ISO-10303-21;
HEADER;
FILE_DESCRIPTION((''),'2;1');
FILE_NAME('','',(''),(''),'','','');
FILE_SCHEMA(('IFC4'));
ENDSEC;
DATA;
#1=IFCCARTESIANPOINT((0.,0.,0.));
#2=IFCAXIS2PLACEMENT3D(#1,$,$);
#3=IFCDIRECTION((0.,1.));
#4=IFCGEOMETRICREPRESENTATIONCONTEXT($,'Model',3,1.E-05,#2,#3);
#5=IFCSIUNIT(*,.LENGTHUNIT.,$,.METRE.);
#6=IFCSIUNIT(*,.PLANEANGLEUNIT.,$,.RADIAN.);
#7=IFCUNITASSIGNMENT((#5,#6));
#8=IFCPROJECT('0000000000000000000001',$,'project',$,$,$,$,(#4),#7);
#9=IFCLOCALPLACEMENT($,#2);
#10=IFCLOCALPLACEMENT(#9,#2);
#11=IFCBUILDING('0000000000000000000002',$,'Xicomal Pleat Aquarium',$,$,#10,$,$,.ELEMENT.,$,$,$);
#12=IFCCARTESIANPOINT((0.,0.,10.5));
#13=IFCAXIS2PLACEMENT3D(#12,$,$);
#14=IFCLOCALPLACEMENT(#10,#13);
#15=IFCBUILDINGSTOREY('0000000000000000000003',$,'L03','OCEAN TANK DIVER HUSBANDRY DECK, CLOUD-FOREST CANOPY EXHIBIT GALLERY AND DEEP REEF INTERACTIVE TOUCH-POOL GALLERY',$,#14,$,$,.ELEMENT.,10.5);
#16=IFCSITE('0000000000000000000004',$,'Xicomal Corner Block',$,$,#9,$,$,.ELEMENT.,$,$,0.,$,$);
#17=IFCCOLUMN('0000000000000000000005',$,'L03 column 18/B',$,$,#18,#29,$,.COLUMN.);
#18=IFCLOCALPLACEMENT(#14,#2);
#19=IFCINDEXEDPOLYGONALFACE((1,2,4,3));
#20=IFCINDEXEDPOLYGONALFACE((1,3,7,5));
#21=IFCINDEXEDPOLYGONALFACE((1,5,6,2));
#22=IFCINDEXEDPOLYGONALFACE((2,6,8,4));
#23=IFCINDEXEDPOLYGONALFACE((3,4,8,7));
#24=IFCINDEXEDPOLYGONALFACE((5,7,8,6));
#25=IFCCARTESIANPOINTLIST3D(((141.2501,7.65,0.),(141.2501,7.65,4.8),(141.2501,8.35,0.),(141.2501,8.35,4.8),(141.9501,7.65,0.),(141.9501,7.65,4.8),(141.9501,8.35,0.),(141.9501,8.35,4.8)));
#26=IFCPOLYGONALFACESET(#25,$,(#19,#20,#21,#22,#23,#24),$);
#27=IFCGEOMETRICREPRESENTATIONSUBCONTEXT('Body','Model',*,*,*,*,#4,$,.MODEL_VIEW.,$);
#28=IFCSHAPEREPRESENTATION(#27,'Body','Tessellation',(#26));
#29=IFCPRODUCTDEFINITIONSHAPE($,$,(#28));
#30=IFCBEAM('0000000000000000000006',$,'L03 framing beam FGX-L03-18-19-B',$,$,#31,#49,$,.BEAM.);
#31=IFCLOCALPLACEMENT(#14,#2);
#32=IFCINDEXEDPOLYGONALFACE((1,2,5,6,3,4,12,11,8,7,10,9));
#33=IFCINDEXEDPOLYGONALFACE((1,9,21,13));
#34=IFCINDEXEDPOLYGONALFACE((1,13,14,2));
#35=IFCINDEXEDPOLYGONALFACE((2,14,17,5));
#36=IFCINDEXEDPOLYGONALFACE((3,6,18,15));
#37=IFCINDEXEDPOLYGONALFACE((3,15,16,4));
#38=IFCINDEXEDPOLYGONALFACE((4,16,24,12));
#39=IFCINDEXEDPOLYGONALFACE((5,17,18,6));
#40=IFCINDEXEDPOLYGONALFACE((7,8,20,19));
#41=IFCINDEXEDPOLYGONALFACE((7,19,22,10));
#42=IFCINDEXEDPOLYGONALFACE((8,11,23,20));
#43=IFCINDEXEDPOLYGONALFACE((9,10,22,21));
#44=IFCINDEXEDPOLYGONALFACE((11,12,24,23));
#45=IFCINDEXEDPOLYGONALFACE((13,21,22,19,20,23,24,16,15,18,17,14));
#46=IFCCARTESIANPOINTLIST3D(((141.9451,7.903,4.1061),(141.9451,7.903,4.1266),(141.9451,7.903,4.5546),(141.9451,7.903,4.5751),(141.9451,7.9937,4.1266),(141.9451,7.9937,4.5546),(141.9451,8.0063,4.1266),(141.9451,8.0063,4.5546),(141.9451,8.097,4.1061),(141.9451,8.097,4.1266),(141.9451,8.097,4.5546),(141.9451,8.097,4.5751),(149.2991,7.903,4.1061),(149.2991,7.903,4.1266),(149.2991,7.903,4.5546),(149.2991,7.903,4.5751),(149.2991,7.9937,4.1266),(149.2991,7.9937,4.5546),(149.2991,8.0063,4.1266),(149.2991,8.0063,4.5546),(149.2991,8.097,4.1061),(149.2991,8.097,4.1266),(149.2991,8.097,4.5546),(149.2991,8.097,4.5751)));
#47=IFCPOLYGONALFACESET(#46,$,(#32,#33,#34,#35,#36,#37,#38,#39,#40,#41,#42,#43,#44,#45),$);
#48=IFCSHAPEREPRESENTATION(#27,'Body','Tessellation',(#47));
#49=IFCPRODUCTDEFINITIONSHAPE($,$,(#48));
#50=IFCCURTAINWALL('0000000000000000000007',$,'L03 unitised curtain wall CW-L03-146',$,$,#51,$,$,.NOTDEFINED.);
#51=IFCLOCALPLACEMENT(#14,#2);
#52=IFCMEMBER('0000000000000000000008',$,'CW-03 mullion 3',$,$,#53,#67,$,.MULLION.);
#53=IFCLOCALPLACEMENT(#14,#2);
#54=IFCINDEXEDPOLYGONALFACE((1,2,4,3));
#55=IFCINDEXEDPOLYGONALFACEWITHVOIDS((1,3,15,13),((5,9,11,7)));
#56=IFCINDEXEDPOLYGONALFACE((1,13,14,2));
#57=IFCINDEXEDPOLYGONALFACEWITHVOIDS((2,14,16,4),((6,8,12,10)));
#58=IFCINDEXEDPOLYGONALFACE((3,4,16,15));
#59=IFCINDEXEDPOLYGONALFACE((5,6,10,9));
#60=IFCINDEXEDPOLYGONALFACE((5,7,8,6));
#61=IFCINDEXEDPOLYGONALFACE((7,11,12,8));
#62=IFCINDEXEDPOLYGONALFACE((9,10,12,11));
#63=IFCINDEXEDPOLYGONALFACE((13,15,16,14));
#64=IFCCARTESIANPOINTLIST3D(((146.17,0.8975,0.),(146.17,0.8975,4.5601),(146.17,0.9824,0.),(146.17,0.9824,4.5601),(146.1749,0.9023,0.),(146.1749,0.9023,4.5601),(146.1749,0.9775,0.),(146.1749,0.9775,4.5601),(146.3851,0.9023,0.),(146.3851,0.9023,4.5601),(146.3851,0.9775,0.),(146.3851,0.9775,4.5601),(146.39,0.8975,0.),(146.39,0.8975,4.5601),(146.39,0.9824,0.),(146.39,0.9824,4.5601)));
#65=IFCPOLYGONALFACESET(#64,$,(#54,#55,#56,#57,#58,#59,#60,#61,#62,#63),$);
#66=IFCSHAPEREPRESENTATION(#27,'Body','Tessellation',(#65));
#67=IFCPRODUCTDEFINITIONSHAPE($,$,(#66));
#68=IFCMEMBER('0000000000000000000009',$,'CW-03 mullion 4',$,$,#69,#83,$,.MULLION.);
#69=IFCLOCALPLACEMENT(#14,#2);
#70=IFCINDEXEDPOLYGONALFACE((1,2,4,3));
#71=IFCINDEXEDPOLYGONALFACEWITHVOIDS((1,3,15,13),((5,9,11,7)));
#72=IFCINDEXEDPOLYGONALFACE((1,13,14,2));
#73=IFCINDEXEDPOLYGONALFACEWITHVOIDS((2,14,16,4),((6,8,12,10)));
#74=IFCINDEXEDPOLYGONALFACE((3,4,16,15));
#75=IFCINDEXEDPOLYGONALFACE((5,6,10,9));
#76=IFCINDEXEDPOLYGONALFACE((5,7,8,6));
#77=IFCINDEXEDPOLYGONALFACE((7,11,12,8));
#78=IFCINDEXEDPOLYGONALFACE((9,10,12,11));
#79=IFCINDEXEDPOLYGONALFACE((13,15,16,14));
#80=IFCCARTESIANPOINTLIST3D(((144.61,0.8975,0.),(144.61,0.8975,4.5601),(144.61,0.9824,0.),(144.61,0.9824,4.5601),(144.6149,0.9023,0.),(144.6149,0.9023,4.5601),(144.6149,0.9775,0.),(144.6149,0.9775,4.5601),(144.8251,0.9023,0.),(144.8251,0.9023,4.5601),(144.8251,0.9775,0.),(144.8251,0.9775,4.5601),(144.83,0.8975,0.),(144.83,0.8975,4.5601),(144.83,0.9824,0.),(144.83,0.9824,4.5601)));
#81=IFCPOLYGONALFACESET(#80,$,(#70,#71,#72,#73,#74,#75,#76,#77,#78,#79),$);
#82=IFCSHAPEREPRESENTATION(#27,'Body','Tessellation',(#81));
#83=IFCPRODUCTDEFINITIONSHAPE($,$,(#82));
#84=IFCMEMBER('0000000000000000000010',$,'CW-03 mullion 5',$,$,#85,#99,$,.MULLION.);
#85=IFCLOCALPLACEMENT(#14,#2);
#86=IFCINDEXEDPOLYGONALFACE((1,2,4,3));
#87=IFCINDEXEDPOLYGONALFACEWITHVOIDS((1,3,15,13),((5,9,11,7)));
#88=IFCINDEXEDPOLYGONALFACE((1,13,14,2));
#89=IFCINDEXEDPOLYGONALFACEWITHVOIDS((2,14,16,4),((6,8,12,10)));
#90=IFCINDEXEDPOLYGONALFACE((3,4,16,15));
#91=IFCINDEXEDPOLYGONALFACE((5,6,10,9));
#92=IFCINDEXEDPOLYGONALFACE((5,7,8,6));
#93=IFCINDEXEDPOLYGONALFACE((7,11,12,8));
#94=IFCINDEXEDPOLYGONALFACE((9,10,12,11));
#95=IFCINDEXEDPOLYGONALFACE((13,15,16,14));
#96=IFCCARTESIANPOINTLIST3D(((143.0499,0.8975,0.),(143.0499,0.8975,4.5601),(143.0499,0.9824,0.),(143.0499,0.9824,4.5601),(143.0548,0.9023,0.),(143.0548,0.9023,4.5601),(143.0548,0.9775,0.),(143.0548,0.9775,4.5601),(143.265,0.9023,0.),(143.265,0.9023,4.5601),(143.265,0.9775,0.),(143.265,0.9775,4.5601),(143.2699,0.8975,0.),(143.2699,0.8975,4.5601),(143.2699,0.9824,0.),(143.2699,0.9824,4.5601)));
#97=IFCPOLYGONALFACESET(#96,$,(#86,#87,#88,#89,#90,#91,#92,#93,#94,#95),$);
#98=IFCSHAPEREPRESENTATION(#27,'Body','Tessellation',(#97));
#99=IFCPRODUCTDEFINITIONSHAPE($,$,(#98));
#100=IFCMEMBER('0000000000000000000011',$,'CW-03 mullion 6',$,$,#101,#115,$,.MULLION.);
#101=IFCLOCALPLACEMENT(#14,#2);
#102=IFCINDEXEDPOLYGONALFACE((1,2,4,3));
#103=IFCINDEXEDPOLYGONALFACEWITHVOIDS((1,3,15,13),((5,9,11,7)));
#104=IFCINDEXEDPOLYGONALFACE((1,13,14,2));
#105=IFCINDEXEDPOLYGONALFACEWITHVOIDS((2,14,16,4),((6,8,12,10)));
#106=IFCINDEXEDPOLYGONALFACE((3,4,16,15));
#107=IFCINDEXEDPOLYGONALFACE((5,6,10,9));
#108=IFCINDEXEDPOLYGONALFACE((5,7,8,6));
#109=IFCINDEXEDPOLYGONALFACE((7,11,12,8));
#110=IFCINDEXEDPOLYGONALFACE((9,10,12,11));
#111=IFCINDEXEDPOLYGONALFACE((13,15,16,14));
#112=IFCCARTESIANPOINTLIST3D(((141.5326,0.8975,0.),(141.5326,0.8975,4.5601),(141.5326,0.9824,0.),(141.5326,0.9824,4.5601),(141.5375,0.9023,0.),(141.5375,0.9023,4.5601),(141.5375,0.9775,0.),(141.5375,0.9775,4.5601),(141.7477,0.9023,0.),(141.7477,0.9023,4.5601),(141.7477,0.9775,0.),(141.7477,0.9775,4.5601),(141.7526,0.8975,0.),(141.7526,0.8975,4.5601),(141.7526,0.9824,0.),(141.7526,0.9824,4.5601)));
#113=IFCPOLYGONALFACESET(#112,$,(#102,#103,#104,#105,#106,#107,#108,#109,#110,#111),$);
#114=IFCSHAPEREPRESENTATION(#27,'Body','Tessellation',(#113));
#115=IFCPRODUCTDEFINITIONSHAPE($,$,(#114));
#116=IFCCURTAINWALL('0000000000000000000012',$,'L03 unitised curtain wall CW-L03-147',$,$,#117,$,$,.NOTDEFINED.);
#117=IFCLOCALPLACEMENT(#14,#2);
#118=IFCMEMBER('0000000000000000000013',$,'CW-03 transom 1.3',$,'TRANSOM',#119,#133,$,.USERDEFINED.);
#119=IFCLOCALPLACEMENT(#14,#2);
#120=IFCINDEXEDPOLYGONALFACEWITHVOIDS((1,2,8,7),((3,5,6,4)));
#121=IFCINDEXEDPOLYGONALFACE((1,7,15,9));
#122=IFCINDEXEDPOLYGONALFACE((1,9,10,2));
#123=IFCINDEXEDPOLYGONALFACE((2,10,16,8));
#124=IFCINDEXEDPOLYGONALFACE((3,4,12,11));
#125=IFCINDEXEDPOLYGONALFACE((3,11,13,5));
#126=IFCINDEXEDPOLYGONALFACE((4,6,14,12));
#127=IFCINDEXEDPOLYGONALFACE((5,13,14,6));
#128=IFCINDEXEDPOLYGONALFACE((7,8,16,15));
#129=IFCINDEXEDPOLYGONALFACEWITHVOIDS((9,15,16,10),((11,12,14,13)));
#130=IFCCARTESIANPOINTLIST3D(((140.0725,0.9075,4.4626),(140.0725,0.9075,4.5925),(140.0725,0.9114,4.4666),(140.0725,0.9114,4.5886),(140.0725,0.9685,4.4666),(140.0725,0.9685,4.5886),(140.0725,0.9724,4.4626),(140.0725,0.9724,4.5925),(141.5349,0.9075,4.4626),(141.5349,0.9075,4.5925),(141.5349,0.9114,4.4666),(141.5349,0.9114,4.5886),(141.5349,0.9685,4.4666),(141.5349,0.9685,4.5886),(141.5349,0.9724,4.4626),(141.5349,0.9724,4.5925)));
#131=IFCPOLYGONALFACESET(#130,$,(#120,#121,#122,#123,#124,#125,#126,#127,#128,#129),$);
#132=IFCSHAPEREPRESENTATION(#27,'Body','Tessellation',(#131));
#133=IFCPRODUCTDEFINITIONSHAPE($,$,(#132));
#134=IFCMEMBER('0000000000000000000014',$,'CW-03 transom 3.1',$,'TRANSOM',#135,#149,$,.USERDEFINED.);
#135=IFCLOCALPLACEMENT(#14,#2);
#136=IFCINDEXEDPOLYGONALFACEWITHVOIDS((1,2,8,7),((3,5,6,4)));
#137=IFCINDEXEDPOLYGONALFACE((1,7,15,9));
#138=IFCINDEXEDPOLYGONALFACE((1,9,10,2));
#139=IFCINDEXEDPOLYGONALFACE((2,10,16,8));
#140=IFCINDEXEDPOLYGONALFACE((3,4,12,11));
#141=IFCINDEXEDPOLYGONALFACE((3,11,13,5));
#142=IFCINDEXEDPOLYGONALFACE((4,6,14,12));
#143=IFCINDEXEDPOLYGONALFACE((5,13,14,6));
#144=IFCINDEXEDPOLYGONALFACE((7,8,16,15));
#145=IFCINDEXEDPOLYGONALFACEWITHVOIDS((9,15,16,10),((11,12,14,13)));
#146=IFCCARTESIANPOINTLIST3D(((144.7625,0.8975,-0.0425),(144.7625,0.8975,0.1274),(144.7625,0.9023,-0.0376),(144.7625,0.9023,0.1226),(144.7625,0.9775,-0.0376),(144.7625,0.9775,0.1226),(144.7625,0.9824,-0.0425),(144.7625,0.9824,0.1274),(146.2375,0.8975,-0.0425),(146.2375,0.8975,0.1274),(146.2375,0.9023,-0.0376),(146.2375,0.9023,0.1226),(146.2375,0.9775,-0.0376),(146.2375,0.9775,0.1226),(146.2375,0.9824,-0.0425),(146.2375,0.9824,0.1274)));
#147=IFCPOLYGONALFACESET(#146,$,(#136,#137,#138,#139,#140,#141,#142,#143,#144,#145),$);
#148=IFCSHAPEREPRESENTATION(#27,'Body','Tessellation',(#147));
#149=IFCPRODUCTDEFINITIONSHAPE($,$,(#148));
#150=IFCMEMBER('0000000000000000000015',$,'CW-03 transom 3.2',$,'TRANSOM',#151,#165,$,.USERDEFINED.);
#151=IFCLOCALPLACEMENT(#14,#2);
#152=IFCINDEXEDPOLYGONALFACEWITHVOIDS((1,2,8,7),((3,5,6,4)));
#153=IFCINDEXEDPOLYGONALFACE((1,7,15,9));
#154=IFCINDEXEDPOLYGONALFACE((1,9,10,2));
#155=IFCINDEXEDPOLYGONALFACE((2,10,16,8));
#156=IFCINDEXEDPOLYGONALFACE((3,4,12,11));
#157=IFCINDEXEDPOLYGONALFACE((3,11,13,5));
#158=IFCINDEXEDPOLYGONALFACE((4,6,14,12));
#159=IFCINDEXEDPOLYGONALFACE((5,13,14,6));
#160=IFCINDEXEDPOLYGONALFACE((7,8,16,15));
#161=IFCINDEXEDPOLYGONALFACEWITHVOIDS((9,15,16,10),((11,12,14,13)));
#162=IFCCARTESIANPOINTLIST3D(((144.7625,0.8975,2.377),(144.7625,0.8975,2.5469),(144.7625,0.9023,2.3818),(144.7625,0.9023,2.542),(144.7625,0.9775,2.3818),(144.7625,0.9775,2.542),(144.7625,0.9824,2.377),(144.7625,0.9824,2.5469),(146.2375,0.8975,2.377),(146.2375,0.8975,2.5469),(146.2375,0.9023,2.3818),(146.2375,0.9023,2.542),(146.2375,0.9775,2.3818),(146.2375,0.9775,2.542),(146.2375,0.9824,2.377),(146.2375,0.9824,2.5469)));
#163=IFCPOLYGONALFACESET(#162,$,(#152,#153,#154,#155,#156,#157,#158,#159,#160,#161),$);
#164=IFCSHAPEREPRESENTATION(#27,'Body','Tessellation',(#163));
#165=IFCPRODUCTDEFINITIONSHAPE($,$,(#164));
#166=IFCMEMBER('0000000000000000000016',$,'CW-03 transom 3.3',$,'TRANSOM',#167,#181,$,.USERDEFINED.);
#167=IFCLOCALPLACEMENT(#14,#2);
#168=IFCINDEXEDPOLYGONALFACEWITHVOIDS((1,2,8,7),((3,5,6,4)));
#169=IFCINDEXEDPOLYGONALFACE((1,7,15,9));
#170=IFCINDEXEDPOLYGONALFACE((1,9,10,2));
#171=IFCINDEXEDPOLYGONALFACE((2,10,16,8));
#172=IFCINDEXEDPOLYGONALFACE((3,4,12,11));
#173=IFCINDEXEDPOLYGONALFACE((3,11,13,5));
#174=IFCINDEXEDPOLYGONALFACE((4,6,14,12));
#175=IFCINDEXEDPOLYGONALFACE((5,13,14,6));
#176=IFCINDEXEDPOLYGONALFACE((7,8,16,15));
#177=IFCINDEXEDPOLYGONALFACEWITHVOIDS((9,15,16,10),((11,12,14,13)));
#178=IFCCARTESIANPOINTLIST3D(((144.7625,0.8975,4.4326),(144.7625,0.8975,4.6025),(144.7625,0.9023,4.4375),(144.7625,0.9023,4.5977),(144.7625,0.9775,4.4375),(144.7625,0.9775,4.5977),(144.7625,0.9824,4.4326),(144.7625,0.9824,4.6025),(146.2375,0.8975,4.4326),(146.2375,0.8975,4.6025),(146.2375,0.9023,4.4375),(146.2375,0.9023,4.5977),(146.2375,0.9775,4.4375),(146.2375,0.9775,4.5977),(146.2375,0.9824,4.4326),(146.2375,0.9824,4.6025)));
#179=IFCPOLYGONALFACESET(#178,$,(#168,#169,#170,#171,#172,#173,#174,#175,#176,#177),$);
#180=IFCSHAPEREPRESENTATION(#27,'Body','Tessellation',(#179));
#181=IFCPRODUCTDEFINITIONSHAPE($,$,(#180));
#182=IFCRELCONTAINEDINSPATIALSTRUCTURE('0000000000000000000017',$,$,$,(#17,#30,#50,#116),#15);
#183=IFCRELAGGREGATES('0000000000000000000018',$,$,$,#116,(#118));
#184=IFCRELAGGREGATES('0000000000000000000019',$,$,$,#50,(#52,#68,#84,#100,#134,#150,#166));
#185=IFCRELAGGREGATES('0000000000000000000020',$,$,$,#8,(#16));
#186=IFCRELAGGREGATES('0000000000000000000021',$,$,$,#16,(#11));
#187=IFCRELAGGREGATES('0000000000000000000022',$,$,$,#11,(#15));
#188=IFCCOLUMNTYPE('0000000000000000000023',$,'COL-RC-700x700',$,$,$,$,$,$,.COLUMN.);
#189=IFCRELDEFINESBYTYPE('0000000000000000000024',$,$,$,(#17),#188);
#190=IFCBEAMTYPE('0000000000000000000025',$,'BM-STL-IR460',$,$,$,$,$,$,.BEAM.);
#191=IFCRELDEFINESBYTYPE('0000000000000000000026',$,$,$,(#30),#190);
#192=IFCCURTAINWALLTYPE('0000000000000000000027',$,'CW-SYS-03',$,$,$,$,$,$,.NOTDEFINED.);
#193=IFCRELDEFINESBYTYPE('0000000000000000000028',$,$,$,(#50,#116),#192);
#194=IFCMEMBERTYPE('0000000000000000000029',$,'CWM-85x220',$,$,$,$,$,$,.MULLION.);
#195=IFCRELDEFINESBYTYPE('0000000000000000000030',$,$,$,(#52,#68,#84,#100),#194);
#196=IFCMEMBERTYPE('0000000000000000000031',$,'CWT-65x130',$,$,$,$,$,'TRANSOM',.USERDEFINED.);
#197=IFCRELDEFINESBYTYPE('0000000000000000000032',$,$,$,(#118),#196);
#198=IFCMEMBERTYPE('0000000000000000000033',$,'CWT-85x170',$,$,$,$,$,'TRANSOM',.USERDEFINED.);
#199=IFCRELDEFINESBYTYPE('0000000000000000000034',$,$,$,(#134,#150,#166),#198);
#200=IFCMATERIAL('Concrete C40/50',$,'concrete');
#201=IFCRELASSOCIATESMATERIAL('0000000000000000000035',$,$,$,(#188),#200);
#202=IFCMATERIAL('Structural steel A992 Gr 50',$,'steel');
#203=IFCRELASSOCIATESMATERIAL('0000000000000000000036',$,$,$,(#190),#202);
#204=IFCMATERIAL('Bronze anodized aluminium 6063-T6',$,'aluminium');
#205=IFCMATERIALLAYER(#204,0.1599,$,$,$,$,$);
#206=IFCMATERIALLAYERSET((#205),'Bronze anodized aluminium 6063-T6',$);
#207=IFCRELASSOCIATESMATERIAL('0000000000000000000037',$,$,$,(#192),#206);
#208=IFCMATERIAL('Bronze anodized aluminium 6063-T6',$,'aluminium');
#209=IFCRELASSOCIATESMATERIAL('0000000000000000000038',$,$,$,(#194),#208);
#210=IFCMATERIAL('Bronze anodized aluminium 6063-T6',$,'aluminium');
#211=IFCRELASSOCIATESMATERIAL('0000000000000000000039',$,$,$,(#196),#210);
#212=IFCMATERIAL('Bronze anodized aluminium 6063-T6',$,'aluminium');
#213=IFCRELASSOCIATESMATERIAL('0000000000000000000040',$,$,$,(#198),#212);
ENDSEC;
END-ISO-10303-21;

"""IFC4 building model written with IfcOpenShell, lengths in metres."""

from ifc_helpers import new_model, si_unit, direction, frame, origin, origin_2d, place, context, subcontext, project, spatial, rectangle, hollow_rectangle, i_section, extrude, material, layer, layer_set, material_profile, profile_set, type_object, element, aggregate, save


model = new_model("IFC4")

# Units and contexts
model_context = context("Model", 3, precision=1e-05, world=origin(), true_north=direction((0.0, 1.0)))
body_context = subcontext(model_context, "Body", "Model", "MODEL_VIEW")
ifc_project = project(units=[si_unit("LENGTHUNIT", "METRE"), si_unit("PLANEANGLEUNIT", "RADIAN")], contexts=[model_context])

# Site, building, storey
site_placement = place(None, origin())
site = spatial("IfcSite", under=ifc_project, at=site_placement, Name="Xicomal Corner Block", CompositionType="ELEMENT", RefElevation=0.0)
building_placement = place(site_placement, origin())
building = spatial("IfcBuilding", under=site, at=building_placement, Name="Xicomal Pleat Aquarium", CompositionType="ELEMENT")
storey_placement = place(building_placement, frame((0.0, 0.0, 10.5)))
storey = spatial("IfcBuildingStorey", under=building, at=storey_placement, Name="L03", Description="OCEAN TANK DIVER HUSBANDRY DECK, CLOUD-FOREST CANOPY EXHIBIT GALLERY AND DEEP REEF INTERACTIVE TOUCH-POOL GALLERY", CompositionType="ELEMENT", Elevation=10.5)

# Column
ifc_material_1 = material(Name="Concrete C40/50", Category="concrete")
ifc_material_profile_1 = material_profile(ifc_material_1, rectangle(XDim=0.7, YDim=0.7, at=origin_2d()), Name="RC 700x700")
ifc_profile_set_1 = profile_set([ifc_material_profile_1], Name="Concrete C40/50")
column_type = type_object("IfcColumnType", Name="COL-RC-700x700", PredefinedType="COLUMN", material=ifc_profile_set_1)
column_placement = place(storey_placement, frame((141.6001, 8.0, 0.0), z_axis=(0.0, 0.0, 1.0), x_axis=(1.0, 0.0, 0.0)))
element("IfcColumn", 1, at=column_placement, inside=storey, type_object=column_type, Name="L03 column 18/B", PredefinedType="COLUMN", context=body_context, shape_type="SweptSolid", body=[
    extrude(rectangle(XDim=0.7, YDim=0.7, at=origin_2d()), origin(), (0.0, 0.0, 1.0), 4.8),
])

# Beam
ifc_material_2 = material(Name="Structural steel A992 Gr 50", Category="steel")
ifc_material_profile_2 = material_profile(ifc_material_2, i_section(OverallWidth=0.1941, OverallDepth=0.469, WebThickness=0.0127, FlangeThickness=0.0205, at=origin_2d()), Name="IR 460x106")
ifc_profile_set_2 = profile_set([ifc_material_profile_2], Name="Structural steel A992 Gr 50")
beam_type = type_object("IfcBeamType", Name="BM-STL-IR460", PredefinedType="BEAM", material=ifc_profile_set_2)
beam_placement = place(storey_placement, frame((141.9451, 8.0, 4.3406), z_axis=(1.0, 0.0, 0.0), x_axis=(0.0, 1.0, 0.0)))
element("IfcBeam", 2, at=beam_placement, inside=storey, type_object=beam_type, Name="L03 framing beam FGX-L03-18-19-B", PredefinedType="BEAM", context=body_context, shape_type="SweptSolid", body=[
    extrude(i_section(OverallWidth=0.1941, OverallDepth=0.469, WebThickness=0.0127, FlangeThickness=0.0205, at=origin_2d()), origin(), (0.0, 0.0, 1.0), 7.354),
])

# Curtain wall, members
ifc_material_3 = material(Name="Bronze anodized aluminium 6063-T6", Category="aluminium")
ifc_layer_1 = layer(ifc_material_3, 0.1599)
ifc_layer_set_1 = layer_set([ifc_layer_1], Name="Bronze anodized aluminium 6063-T6")
curtain_wall_type = type_object("IfcCurtainWallType", Name="CW-SYS-03", PredefinedType="NOTDEFINED", material=ifc_layer_set_1)
curtain_wall_1_placement = place(storey_placement, origin())
curtain_wall_1 = element("IfcCurtainWall", 3, at=curtain_wall_1_placement, inside=storey, type_object=curtain_wall_type, Name="L03 unitised curtain wall CW-L03-146", PredefinedType="NOTDEFINED")
ifc_material_4 = material(Name="Bronze anodized aluminium 6063-T6", Category="aluminium")
ifc_material_profile_3 = material_profile(ifc_material_4, hollow_rectangle(XDim=0.085, YDim=0.22, WallThickness=0.0049, at=origin_2d()), Name="ALU MULL 85x220")
ifc_profile_set_3 = profile_set([ifc_material_profile_3], Name="Bronze anodized aluminium 6063-T6")
member_type_1 = type_object("IfcMemberType", Name="CWM-85x220", PredefinedType="MULLION", material=ifc_profile_set_3)
member_1_placement = place(storey_placement, frame((146.28, 0.9399, 0.0), z_axis=(0.0, 0.0, 1.0), x_axis=(0.0, -1.0, 0.0)))
member_1 = element("IfcMember", 4, at=member_1_placement, type_object=member_type_1, Name="CW-03 mullion 3", PredefinedType="MULLION", context=body_context, shape_type="SweptSolid", body=[
    extrude(hollow_rectangle(XDim=0.085, YDim=0.22, WallThickness=0.0049, at=origin_2d()), origin(), (0.0, 0.0, 1.0), 4.5601),
])
member_2_placement = place(storey_placement, frame((144.72, 0.9399, 0.0), z_axis=(0.0, 0.0, 1.0), x_axis=(0.0, -1.0, 0.0)))
member_2 = element("IfcMember", 5, at=member_2_placement, type_object=member_type_1, Name="CW-03 mullion 4", PredefinedType="MULLION", context=body_context, shape_type="SweptSolid", body=[
    extrude(hollow_rectangle(XDim=0.085, YDim=0.22, WallThickness=0.0049, at=origin_2d()), origin(), (0.0, 0.0, 1.0), 4.5601),
])
member_3_placement = place(storey_placement, frame((143.1599, 0.9399, 0.0), z_axis=(0.0, 0.0, 1.0), x_axis=(0.0, -1.0, 0.0)))
member_3 = element("IfcMember", 6, at=member_3_placement, type_object=member_type_1, Name="CW-03 mullion 5", PredefinedType="MULLION", context=body_context, shape_type="SweptSolid", body=[
    extrude(hollow_rectangle(XDim=0.085, YDim=0.22, WallThickness=0.0049, at=origin_2d()), origin(), (0.0, 0.0, 1.0), 4.5601),
])
member_4_placement = place(storey_placement, frame((141.6426, 0.9399, 0.0), z_axis=(0.0, 0.0, 1.0), x_axis=(0.0, -1.0, 0.0)))
member_4 = element("IfcMember", 7, at=member_4_placement, type_object=member_type_1, Name="CW-03 mullion 6", PredefinedType="MULLION", context=body_context, shape_type="SweptSolid", body=[
    extrude(hollow_rectangle(XDim=0.085, YDim=0.22, WallThickness=0.0049, at=origin_2d()), origin(), (0.0, 0.0, 1.0), 4.5601),
])

# Curtain wall, member
curtain_wall_2_placement = place(storey_placement, origin())
curtain_wall_2 = element("IfcCurtainWall", 8, at=curtain_wall_2_placement, inside=storey, type_object=curtain_wall_type, Name="L03 unitised curtain wall CW-L03-147", PredefinedType="NOTDEFINED")
ifc_material_5 = material(Name="Bronze anodized aluminium 6063-T6", Category="aluminium")
ifc_material_profile_4 = material_profile(ifc_material_5, hollow_rectangle(XDim=0.0649, YDim=0.1299, WallThickness=0.0039, at=origin_2d()), Name="ALU TRAN 65x130")
ifc_profile_set_4 = profile_set([ifc_material_profile_4], Name="Bronze anodized aluminium 6063-T6")
member_type_2 = type_object("IfcMemberType", Name="CWT-65x130", ElementType="TRANSOM", PredefinedType="USERDEFINED", material=ifc_profile_set_4)
member_5_placement = place(storey_placement, frame((141.5349, 0.9399, 4.5276), z_axis=(-1.0, 0.0, 0.0), x_axis=(0.0, -1.0, 0.0)))
member_5 = element("IfcMember", 9, at=member_5_placement, type_object=member_type_2, Name="CW-03 transom 1.3", ObjectType="TRANSOM", PredefinedType="USERDEFINED", context=body_context, shape_type="SweptSolid", body=[
    extrude(hollow_rectangle(XDim=0.0649, YDim=0.1299, WallThickness=0.0039, at=origin_2d()), origin(), (0.0, 0.0, 1.0), 1.4624),
])
aggregate(curtain_wall_2, [member_5])

# Members
ifc_material_6 = material(Name="Bronze anodized aluminium 6063-T6", Category="aluminium")
ifc_material_profile_5 = material_profile(ifc_material_6, hollow_rectangle(XDim=0.085, YDim=0.1699, WallThickness=0.0049, at=origin_2d()), Name="ALU TRAN 85x170")
ifc_profile_set_5 = profile_set([ifc_material_profile_5], Name="Bronze anodized aluminium 6063-T6")
member_type_3 = type_object("IfcMemberType", Name="CWT-85x170", ElementType="TRANSOM", PredefinedType="USERDEFINED", material=ifc_profile_set_5)
member_6_placement = place(storey_placement, frame((146.2375, 0.9399, 0.0425), z_axis=(-1.0, 0.0, 0.0), x_axis=(0.0, -1.0, 0.0)))
member_6 = element("IfcMember", 10, at=member_6_placement, type_object=member_type_3, Name="CW-03 transom 3.1", ObjectType="TRANSOM", PredefinedType="USERDEFINED", context=body_context, shape_type="SweptSolid", body=[
    extrude(hollow_rectangle(XDim=0.085, YDim=0.1699, WallThickness=0.0049, at=origin_2d()), origin(), (0.0, 0.0, 1.0), 1.4751),
])
member_7_placement = place(storey_placement, frame((146.2375, 0.9399, 2.4619), z_axis=(-1.0, 0.0, 0.0), x_axis=(0.0, -1.0, 0.0)))
member_7 = element("IfcMember", 11, at=member_7_placement, type_object=member_type_3, Name="CW-03 transom 3.2", ObjectType="TRANSOM", PredefinedType="USERDEFINED", context=body_context, shape_type="SweptSolid", body=[
    extrude(hollow_rectangle(XDim=0.085, YDim=0.1699, WallThickness=0.0049, at=origin_2d()), origin(), (0.0, 0.0, 1.0), 1.4751),
])
member_8_placement = place(storey_placement, frame((146.2375, 0.9399, 4.5176), z_axis=(-1.0, 0.0, 0.0), x_axis=(0.0, -1.0, 0.0)))
member_8 = element("IfcMember", 12, at=member_8_placement, type_object=member_type_3, Name="CW-03 transom 3.3", ObjectType="TRANSOM", PredefinedType="USERDEFINED", context=body_context, shape_type="SweptSolid", body=[
    extrude(hollow_rectangle(XDim=0.085, YDim=0.1699, WallThickness=0.0049, at=origin_2d()), origin(), (0.0, 0.0, 1.0), 1.4751),
])

aggregate(curtain_wall_1, [member_1, member_2, member_3, member_4, member_6, member_7, member_8])

save(model, "model.ifc")
